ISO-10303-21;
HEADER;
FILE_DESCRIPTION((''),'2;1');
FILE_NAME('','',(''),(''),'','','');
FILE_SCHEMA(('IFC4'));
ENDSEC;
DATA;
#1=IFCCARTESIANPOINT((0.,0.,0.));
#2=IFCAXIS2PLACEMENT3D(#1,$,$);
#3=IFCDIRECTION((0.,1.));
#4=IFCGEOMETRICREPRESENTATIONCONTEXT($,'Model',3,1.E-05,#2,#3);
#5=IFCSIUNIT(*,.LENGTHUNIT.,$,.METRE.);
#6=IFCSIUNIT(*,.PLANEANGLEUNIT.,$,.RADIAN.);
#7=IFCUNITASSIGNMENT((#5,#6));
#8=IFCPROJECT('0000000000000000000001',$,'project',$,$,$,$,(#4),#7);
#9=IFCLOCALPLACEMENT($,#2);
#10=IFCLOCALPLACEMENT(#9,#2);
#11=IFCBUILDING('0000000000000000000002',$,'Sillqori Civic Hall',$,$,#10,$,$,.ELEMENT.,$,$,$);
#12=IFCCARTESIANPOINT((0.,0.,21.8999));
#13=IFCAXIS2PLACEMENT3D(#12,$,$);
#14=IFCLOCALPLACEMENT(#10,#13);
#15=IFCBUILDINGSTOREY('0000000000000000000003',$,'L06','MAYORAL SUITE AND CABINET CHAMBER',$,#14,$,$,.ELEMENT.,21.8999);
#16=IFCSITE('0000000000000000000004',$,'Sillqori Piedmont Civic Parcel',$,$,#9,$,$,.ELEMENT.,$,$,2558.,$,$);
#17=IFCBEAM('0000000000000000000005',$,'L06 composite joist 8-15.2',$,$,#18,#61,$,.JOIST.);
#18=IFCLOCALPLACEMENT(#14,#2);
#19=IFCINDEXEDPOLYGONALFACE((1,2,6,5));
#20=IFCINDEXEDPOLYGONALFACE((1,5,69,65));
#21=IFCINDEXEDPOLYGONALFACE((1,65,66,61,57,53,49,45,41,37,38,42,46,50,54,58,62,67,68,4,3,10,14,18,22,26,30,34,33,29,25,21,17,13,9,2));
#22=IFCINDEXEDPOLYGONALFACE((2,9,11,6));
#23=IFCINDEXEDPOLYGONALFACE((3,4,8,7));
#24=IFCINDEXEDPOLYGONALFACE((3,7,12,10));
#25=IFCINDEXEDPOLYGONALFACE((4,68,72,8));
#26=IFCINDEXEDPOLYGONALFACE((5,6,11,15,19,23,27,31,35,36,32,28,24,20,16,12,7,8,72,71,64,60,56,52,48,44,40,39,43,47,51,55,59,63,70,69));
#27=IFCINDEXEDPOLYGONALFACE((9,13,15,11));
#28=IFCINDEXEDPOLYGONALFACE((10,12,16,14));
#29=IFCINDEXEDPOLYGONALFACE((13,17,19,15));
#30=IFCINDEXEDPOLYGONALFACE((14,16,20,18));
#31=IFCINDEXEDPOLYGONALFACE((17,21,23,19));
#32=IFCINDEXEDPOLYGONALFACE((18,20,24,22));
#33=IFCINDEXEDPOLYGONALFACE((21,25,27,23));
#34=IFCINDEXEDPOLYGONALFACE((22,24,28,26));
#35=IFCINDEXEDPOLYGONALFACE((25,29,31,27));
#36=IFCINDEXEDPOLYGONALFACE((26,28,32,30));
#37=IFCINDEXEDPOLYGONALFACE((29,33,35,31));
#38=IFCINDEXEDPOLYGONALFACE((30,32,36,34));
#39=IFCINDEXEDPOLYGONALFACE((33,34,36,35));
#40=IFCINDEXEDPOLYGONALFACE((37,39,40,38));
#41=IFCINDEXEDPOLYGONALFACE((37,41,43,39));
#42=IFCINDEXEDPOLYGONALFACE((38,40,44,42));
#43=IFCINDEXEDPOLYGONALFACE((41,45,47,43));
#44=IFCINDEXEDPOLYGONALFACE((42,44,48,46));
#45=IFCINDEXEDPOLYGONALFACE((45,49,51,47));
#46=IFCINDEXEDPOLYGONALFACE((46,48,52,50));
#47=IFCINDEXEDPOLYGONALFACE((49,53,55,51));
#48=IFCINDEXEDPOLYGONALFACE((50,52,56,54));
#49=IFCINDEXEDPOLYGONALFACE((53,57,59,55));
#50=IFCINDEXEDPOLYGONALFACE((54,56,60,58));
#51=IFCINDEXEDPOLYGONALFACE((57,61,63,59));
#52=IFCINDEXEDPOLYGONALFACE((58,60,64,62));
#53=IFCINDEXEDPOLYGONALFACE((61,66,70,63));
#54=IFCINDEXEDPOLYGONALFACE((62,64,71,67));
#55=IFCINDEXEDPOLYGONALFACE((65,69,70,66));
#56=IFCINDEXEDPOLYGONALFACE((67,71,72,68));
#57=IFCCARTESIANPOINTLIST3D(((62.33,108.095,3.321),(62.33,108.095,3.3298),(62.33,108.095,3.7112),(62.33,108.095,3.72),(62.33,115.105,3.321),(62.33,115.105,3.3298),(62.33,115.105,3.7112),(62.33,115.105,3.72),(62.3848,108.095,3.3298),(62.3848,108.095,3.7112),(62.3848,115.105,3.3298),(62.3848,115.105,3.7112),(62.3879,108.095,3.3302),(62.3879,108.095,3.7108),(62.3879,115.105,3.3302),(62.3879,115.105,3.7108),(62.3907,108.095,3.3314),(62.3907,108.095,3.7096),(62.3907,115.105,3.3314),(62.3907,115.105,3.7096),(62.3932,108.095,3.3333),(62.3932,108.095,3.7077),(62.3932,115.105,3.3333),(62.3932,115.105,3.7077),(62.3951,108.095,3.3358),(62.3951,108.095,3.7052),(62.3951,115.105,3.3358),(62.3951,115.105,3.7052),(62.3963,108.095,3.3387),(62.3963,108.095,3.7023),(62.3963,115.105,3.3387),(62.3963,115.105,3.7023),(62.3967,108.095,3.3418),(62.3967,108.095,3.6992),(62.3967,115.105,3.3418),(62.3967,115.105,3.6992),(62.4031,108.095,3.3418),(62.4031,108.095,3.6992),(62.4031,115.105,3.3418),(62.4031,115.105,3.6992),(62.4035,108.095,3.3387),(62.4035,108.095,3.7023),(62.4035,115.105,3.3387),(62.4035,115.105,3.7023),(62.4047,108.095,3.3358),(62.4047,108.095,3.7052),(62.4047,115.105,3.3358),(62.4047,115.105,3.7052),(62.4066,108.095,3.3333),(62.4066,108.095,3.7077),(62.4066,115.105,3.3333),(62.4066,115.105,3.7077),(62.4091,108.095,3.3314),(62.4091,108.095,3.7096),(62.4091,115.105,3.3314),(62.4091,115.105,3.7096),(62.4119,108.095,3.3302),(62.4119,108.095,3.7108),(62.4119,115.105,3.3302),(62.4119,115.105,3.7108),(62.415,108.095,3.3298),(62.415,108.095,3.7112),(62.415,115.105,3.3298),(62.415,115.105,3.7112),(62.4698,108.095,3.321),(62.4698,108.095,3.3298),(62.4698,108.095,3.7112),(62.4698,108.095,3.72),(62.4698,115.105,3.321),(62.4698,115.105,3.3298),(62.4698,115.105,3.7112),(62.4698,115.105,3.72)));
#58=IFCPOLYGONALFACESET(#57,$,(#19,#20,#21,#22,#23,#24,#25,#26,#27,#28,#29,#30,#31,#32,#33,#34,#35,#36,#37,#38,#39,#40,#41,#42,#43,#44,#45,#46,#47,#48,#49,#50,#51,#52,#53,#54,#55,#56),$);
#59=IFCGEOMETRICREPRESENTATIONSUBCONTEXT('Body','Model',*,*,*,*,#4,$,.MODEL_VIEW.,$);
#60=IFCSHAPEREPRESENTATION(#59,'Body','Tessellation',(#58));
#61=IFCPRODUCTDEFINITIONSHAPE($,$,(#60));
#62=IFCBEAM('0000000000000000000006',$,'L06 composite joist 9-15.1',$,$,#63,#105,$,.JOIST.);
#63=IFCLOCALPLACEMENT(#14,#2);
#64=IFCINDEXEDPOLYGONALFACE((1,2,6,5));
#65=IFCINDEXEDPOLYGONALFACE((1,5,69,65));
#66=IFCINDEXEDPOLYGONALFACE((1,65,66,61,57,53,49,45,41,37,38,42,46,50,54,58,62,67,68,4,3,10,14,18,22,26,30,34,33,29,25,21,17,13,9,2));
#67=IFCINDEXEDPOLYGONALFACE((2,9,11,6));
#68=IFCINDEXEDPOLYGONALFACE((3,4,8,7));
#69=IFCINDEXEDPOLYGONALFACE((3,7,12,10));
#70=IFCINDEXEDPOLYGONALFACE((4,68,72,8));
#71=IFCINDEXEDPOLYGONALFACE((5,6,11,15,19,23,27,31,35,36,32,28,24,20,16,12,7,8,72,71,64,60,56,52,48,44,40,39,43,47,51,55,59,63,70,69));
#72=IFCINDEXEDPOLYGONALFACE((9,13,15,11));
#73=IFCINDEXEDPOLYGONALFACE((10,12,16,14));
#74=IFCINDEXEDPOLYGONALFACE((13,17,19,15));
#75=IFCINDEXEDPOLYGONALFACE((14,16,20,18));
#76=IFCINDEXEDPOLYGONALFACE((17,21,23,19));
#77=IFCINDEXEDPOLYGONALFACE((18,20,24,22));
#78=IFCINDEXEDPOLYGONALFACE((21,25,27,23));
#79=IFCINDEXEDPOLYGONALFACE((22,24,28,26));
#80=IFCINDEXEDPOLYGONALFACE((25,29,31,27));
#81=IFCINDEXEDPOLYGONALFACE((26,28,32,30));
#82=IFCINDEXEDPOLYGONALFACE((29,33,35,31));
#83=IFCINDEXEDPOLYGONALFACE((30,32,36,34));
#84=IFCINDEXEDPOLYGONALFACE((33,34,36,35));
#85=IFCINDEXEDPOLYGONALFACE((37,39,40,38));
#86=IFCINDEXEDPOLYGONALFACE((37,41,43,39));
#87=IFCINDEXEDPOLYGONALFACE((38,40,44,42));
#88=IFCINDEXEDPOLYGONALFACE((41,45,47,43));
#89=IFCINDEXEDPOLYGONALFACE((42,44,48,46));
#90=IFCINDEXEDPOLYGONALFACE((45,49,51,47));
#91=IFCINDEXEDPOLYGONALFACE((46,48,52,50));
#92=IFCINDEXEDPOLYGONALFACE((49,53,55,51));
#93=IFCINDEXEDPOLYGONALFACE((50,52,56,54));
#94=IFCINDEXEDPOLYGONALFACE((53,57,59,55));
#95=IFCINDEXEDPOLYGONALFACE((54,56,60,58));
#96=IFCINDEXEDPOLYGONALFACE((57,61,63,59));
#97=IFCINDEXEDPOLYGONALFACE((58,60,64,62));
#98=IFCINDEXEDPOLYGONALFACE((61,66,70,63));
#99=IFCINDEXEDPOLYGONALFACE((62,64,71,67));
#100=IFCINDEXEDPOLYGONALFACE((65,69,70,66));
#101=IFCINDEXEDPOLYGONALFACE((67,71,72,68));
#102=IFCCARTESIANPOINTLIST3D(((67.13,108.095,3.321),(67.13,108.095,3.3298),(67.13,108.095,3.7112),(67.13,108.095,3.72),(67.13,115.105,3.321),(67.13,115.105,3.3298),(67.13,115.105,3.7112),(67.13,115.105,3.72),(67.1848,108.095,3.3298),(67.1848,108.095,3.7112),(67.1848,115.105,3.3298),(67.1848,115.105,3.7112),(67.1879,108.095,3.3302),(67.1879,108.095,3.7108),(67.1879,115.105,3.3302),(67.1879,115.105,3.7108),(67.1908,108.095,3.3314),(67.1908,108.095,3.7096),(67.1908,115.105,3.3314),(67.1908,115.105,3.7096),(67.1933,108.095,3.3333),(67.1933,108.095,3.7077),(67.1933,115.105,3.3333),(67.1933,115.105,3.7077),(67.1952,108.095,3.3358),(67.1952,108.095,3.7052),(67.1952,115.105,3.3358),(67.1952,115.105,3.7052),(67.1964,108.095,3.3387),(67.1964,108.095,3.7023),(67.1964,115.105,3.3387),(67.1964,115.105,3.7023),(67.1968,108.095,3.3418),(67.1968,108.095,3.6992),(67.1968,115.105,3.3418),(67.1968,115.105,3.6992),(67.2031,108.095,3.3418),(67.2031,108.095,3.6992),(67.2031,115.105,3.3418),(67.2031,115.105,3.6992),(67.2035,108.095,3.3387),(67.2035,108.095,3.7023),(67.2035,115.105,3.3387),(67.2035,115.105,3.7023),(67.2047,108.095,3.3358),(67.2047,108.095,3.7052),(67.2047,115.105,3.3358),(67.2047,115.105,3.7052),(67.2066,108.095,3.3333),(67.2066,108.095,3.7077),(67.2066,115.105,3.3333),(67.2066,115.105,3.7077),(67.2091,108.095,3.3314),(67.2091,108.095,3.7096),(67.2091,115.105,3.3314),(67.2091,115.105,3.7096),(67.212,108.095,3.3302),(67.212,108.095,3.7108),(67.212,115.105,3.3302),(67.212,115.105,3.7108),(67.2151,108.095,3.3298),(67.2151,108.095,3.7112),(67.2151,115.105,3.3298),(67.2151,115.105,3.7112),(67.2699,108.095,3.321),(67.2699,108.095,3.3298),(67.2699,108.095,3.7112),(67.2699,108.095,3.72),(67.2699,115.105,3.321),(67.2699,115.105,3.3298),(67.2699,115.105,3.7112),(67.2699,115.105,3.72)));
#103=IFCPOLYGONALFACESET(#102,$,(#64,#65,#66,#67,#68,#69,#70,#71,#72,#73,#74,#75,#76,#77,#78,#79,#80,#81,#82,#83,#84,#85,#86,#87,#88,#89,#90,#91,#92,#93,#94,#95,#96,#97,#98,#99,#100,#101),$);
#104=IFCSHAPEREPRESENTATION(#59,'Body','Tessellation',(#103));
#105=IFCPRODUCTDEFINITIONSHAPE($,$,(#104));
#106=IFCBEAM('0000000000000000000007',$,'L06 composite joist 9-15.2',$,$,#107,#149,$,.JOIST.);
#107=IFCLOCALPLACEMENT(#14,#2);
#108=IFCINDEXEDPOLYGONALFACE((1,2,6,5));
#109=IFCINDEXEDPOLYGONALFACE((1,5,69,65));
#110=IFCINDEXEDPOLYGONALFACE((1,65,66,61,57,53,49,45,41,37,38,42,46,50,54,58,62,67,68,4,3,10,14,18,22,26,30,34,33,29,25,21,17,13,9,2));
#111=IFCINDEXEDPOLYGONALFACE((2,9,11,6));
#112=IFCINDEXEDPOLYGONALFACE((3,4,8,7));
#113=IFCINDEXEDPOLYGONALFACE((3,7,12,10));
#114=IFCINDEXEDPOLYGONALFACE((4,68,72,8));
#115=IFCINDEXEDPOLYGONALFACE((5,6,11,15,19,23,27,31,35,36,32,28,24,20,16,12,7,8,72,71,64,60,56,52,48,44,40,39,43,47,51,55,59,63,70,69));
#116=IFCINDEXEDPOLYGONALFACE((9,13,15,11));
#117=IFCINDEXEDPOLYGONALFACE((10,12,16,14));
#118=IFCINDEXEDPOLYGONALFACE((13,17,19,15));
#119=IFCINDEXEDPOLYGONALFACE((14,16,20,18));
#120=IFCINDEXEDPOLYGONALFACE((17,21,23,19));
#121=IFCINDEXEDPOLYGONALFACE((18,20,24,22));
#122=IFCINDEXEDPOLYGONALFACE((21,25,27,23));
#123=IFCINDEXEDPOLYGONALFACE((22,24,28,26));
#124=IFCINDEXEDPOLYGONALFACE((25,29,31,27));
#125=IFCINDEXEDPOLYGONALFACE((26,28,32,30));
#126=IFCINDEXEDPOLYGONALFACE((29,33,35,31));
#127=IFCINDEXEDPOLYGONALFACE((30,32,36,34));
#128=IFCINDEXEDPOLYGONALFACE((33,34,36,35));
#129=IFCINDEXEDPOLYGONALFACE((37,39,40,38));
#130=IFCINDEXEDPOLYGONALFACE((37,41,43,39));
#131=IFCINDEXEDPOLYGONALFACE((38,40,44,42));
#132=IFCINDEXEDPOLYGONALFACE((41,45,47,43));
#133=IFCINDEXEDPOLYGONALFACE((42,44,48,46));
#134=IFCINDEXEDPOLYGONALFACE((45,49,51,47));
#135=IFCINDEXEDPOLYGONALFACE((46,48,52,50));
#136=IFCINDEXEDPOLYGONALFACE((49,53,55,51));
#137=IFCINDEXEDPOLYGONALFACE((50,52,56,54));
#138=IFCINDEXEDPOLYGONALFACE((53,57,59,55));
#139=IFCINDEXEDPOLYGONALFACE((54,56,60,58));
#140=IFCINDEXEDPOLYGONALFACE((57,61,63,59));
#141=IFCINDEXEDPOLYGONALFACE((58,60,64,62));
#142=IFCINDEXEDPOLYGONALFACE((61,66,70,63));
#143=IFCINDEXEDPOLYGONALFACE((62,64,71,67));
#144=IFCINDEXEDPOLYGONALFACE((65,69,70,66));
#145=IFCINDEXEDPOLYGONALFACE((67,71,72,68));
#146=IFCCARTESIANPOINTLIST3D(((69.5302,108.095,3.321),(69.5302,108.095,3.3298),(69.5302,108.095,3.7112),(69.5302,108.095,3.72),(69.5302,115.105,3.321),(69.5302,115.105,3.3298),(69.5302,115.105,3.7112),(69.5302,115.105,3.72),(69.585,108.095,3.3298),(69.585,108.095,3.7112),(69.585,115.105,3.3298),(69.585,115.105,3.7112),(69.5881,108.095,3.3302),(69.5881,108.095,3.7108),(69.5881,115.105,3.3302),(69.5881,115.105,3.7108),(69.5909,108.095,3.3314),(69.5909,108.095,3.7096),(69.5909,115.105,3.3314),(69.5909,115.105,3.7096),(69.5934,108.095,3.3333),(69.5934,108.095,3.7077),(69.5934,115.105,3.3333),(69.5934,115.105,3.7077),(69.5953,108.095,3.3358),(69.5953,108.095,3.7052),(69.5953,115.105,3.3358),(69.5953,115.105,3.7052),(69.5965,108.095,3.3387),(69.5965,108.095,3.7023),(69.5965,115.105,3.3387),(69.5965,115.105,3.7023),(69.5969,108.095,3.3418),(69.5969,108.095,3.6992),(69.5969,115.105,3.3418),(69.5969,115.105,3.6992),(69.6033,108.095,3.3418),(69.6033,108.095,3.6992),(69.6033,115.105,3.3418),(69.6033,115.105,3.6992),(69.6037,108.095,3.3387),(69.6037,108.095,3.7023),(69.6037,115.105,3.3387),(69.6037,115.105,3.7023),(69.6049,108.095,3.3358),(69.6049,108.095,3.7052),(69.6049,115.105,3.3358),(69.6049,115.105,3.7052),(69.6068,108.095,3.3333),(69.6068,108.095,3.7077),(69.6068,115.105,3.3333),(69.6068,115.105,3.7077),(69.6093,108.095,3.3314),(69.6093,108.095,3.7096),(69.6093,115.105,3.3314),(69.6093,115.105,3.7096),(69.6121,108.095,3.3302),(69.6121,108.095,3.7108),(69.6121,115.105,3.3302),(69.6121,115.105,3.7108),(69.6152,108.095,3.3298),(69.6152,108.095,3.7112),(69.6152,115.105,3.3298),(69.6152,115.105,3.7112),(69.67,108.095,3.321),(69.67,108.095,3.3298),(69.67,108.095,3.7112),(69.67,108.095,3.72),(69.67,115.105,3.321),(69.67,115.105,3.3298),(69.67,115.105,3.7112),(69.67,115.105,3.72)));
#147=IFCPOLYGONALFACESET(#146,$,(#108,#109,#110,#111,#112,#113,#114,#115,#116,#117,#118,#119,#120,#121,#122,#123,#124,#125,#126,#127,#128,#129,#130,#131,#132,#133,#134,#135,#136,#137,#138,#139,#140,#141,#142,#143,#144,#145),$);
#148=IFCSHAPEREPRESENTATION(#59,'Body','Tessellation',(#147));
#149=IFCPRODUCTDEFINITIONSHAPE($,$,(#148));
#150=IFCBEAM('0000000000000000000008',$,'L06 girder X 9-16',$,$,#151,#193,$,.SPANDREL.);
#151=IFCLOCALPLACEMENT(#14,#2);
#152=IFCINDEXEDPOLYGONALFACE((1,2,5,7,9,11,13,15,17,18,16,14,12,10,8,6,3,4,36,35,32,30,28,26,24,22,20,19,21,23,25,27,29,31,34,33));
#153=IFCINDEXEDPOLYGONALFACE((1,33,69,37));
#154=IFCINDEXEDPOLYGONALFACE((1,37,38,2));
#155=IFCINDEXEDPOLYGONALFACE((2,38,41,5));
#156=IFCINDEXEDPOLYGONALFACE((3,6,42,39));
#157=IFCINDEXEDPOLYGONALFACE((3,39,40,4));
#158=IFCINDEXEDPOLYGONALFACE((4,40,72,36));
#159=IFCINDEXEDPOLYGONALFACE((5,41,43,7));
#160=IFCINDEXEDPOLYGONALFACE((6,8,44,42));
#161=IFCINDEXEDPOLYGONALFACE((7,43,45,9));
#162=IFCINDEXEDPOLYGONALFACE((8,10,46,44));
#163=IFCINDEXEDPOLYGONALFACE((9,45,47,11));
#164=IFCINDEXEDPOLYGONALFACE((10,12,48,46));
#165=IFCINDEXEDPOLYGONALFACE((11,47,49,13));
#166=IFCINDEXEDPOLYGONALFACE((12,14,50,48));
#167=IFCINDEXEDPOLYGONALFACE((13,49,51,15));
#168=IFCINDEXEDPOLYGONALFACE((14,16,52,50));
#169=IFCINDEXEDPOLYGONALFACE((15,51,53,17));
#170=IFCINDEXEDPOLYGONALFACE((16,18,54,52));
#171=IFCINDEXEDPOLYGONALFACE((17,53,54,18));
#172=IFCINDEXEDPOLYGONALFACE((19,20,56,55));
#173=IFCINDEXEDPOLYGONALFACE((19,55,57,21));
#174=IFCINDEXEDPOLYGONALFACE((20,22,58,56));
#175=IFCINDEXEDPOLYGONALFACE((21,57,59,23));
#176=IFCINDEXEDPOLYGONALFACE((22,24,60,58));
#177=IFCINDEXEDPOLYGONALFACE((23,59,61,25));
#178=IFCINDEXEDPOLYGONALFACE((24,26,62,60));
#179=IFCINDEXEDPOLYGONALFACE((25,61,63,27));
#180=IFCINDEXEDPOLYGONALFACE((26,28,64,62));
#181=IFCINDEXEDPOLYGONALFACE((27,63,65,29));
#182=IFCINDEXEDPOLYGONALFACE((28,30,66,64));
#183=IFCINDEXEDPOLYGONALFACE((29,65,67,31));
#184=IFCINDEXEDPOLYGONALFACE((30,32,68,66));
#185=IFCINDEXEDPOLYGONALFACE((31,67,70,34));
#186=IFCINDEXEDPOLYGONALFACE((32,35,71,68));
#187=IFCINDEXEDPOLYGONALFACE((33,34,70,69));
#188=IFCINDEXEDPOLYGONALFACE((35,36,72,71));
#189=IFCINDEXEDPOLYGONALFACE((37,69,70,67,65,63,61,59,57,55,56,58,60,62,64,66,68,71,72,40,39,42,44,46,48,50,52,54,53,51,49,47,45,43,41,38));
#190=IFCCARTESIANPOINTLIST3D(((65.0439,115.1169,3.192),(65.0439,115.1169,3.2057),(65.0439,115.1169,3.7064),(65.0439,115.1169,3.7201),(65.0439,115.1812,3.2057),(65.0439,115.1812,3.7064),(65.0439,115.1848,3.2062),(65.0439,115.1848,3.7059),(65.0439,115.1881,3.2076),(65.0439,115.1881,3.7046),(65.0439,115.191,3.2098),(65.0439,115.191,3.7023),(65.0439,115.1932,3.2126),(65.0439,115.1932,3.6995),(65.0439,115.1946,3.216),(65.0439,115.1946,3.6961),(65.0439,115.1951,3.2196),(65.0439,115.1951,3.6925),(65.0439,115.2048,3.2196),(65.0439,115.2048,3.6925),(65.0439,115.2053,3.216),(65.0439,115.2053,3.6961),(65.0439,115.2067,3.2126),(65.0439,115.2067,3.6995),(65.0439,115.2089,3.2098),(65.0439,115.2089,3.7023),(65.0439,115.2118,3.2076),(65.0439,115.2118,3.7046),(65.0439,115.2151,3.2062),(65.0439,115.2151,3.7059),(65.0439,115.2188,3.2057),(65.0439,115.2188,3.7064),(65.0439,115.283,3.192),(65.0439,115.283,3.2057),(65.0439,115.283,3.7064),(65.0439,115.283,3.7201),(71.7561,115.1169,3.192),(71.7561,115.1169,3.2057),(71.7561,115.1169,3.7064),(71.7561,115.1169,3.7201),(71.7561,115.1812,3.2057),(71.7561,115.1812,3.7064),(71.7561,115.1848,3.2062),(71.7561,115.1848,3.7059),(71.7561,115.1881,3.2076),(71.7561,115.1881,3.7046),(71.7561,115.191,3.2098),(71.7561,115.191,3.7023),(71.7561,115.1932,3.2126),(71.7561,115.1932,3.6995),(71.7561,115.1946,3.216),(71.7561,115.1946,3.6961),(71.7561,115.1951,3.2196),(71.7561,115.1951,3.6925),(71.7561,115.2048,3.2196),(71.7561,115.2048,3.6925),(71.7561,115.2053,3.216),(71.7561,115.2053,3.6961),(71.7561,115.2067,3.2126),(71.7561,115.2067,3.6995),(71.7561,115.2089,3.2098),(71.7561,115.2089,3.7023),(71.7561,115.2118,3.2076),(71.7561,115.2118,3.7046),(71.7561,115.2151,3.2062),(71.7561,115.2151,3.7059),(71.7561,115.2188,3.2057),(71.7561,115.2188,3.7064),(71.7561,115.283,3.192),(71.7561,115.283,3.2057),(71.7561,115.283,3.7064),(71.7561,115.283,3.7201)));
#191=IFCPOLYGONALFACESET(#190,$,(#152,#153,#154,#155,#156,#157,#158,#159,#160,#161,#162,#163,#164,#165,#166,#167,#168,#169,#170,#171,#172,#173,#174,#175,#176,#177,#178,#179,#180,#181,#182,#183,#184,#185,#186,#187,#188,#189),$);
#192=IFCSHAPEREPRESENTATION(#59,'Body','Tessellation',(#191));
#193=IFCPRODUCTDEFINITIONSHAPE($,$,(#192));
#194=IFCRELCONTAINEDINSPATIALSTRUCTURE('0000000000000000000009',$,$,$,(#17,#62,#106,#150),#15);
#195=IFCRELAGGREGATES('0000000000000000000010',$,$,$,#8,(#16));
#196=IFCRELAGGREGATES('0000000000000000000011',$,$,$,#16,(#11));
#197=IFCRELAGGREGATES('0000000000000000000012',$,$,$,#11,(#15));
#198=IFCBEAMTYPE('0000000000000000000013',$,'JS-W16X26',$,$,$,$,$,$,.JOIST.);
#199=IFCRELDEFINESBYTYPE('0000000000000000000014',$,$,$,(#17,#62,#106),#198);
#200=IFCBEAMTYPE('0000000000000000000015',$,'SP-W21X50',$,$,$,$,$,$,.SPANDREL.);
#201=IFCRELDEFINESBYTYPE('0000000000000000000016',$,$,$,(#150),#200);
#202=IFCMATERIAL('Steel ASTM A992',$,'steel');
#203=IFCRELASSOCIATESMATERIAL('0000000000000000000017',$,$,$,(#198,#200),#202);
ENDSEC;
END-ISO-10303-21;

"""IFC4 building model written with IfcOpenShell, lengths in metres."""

from ifc_helpers import new_model, si_unit, direction, frame, origin, origin_2d, place, context, subcontext, project, spatial, i_section, extrude, material, material_profile, profile_set, type_object, element, save


model = new_model("IFC4")

# Units and contexts
model_context = context("Model", 3, precision=1e-05, world=origin(), true_north=direction((0.0, 1.0)))
body_context = subcontext(model_context, "Body", "Model", "MODEL_VIEW")
ifc_project = project(units=[si_unit("LENGTHUNIT", "METRE"), si_unit("PLANEANGLEUNIT", "RADIAN")], contexts=[model_context])

# Site, building, storey
site_placement = place(None, origin())
site = spatial("IfcSite", under=ifc_project, at=site_placement, Name="Sillqori Piedmont Civic Parcel", CompositionType="ELEMENT", RefElevation=2558.0)
building_placement = place(site_placement, origin())
building = spatial("IfcBuilding", under=site, at=building_placement, Name="Sillqori Civic Hall", CompositionType="ELEMENT")
storey_placement = place(building_placement, frame((0.0, 0.0, 21.8999)))
storey = spatial("IfcBuildingStorey", under=building, at=storey_placement, Name="L06", Description="MAYORAL SUITE AND CABINET CHAMBER", CompositionType="ELEMENT", Elevation=21.8999)

# Shared definitions
ifc_material_1 = material(Name="Steel ASTM A992", Category="steel")

# Beams
ifc_material_profile_1 = material_profile(ifc_material_1, i_section(OverallWidth=0.1399, OverallDepth=0.3989, WebThickness=0.0063, FlangeThickness=0.0088, FilletRadius=0.012, at=origin_2d()), Name="W16X26")
ifc_profile_set_1 = profile_set([ifc_material_profile_1], Name="Steel ASTM A992")
beam_type_1 = type_object("IfcBeamType", Name="JS-W16X26", PredefinedType="JOIST", material=ifc_profile_set_1)
for number, where, z_axis, x_axis, name in (
    (1, (62.3999, 108.095, 3.5205), (0.0, 1.0, 0.0), (-1.0, 0.0, 0.0), "L06 composite joist 8-15.2"),
    (2, (67.2, 108.095, 3.5205), (0.0, 1.0, 0.0), (-1.0, 0.0, 0.0), "L06 composite joist 9-15.1"),
    (3, (69.6001, 108.095, 3.5205), (0.0, 1.0, 0.0), (-1.0, 0.0, 0.0), "L06 composite joist 9-15.2"),
):
    element("IfcBeam", number, at=place(storey_placement, frame(where, z_axis=z_axis, x_axis=x_axis)), inside=storey, type_object=beam_type_1, Name=name, PredefinedType="JOIST", context=body_context, shape_type="SweptSolid", body=[
        extrude(i_section(OverallWidth=0.1399, OverallDepth=0.3989, WebThickness=0.0063, FlangeThickness=0.0088, FilletRadius=0.012, at=origin_2d()), origin(), (0.0, 0.0, 1.0), 7.01),
    ])
ifc_material_profile_2 = material_profile(ifc_material_1, i_section(OverallWidth=0.166, OverallDepth=0.5281, WebThickness=0.0098, FlangeThickness=0.0137, FilletRadius=0.0139, at=origin_2d()), Name="W21X50")
ifc_profile_set_2 = profile_set([ifc_material_profile_2], Name="Steel ASTM A992")
beam_type_2 = type_object("IfcBeamType", Name="SP-W21X50", PredefinedType="SPANDREL", material=ifc_profile_set_2)
beam_1_placement = place(storey_placement, frame((65.0439, 115.2, 3.4561), z_axis=(1.0, 0.0, 0.0), x_axis=(0.0, 1.0, 0.0)))
element("IfcBeam", 4, at=beam_1_placement, inside=storey, type_object=beam_type_2, Name="L06 girder X 9-16", PredefinedType="SPANDREL", context=body_context, shape_type="SweptSolid", body=[
    extrude(i_section(OverallWidth=0.166, OverallDepth=0.5281, WebThickness=0.0098, FlangeThickness=0.0137, FilletRadius=0.0139, at=origin_2d()), origin(), (0.0, 0.0, 1.0), 6.7122),
])

save(model, "model.ifc")
